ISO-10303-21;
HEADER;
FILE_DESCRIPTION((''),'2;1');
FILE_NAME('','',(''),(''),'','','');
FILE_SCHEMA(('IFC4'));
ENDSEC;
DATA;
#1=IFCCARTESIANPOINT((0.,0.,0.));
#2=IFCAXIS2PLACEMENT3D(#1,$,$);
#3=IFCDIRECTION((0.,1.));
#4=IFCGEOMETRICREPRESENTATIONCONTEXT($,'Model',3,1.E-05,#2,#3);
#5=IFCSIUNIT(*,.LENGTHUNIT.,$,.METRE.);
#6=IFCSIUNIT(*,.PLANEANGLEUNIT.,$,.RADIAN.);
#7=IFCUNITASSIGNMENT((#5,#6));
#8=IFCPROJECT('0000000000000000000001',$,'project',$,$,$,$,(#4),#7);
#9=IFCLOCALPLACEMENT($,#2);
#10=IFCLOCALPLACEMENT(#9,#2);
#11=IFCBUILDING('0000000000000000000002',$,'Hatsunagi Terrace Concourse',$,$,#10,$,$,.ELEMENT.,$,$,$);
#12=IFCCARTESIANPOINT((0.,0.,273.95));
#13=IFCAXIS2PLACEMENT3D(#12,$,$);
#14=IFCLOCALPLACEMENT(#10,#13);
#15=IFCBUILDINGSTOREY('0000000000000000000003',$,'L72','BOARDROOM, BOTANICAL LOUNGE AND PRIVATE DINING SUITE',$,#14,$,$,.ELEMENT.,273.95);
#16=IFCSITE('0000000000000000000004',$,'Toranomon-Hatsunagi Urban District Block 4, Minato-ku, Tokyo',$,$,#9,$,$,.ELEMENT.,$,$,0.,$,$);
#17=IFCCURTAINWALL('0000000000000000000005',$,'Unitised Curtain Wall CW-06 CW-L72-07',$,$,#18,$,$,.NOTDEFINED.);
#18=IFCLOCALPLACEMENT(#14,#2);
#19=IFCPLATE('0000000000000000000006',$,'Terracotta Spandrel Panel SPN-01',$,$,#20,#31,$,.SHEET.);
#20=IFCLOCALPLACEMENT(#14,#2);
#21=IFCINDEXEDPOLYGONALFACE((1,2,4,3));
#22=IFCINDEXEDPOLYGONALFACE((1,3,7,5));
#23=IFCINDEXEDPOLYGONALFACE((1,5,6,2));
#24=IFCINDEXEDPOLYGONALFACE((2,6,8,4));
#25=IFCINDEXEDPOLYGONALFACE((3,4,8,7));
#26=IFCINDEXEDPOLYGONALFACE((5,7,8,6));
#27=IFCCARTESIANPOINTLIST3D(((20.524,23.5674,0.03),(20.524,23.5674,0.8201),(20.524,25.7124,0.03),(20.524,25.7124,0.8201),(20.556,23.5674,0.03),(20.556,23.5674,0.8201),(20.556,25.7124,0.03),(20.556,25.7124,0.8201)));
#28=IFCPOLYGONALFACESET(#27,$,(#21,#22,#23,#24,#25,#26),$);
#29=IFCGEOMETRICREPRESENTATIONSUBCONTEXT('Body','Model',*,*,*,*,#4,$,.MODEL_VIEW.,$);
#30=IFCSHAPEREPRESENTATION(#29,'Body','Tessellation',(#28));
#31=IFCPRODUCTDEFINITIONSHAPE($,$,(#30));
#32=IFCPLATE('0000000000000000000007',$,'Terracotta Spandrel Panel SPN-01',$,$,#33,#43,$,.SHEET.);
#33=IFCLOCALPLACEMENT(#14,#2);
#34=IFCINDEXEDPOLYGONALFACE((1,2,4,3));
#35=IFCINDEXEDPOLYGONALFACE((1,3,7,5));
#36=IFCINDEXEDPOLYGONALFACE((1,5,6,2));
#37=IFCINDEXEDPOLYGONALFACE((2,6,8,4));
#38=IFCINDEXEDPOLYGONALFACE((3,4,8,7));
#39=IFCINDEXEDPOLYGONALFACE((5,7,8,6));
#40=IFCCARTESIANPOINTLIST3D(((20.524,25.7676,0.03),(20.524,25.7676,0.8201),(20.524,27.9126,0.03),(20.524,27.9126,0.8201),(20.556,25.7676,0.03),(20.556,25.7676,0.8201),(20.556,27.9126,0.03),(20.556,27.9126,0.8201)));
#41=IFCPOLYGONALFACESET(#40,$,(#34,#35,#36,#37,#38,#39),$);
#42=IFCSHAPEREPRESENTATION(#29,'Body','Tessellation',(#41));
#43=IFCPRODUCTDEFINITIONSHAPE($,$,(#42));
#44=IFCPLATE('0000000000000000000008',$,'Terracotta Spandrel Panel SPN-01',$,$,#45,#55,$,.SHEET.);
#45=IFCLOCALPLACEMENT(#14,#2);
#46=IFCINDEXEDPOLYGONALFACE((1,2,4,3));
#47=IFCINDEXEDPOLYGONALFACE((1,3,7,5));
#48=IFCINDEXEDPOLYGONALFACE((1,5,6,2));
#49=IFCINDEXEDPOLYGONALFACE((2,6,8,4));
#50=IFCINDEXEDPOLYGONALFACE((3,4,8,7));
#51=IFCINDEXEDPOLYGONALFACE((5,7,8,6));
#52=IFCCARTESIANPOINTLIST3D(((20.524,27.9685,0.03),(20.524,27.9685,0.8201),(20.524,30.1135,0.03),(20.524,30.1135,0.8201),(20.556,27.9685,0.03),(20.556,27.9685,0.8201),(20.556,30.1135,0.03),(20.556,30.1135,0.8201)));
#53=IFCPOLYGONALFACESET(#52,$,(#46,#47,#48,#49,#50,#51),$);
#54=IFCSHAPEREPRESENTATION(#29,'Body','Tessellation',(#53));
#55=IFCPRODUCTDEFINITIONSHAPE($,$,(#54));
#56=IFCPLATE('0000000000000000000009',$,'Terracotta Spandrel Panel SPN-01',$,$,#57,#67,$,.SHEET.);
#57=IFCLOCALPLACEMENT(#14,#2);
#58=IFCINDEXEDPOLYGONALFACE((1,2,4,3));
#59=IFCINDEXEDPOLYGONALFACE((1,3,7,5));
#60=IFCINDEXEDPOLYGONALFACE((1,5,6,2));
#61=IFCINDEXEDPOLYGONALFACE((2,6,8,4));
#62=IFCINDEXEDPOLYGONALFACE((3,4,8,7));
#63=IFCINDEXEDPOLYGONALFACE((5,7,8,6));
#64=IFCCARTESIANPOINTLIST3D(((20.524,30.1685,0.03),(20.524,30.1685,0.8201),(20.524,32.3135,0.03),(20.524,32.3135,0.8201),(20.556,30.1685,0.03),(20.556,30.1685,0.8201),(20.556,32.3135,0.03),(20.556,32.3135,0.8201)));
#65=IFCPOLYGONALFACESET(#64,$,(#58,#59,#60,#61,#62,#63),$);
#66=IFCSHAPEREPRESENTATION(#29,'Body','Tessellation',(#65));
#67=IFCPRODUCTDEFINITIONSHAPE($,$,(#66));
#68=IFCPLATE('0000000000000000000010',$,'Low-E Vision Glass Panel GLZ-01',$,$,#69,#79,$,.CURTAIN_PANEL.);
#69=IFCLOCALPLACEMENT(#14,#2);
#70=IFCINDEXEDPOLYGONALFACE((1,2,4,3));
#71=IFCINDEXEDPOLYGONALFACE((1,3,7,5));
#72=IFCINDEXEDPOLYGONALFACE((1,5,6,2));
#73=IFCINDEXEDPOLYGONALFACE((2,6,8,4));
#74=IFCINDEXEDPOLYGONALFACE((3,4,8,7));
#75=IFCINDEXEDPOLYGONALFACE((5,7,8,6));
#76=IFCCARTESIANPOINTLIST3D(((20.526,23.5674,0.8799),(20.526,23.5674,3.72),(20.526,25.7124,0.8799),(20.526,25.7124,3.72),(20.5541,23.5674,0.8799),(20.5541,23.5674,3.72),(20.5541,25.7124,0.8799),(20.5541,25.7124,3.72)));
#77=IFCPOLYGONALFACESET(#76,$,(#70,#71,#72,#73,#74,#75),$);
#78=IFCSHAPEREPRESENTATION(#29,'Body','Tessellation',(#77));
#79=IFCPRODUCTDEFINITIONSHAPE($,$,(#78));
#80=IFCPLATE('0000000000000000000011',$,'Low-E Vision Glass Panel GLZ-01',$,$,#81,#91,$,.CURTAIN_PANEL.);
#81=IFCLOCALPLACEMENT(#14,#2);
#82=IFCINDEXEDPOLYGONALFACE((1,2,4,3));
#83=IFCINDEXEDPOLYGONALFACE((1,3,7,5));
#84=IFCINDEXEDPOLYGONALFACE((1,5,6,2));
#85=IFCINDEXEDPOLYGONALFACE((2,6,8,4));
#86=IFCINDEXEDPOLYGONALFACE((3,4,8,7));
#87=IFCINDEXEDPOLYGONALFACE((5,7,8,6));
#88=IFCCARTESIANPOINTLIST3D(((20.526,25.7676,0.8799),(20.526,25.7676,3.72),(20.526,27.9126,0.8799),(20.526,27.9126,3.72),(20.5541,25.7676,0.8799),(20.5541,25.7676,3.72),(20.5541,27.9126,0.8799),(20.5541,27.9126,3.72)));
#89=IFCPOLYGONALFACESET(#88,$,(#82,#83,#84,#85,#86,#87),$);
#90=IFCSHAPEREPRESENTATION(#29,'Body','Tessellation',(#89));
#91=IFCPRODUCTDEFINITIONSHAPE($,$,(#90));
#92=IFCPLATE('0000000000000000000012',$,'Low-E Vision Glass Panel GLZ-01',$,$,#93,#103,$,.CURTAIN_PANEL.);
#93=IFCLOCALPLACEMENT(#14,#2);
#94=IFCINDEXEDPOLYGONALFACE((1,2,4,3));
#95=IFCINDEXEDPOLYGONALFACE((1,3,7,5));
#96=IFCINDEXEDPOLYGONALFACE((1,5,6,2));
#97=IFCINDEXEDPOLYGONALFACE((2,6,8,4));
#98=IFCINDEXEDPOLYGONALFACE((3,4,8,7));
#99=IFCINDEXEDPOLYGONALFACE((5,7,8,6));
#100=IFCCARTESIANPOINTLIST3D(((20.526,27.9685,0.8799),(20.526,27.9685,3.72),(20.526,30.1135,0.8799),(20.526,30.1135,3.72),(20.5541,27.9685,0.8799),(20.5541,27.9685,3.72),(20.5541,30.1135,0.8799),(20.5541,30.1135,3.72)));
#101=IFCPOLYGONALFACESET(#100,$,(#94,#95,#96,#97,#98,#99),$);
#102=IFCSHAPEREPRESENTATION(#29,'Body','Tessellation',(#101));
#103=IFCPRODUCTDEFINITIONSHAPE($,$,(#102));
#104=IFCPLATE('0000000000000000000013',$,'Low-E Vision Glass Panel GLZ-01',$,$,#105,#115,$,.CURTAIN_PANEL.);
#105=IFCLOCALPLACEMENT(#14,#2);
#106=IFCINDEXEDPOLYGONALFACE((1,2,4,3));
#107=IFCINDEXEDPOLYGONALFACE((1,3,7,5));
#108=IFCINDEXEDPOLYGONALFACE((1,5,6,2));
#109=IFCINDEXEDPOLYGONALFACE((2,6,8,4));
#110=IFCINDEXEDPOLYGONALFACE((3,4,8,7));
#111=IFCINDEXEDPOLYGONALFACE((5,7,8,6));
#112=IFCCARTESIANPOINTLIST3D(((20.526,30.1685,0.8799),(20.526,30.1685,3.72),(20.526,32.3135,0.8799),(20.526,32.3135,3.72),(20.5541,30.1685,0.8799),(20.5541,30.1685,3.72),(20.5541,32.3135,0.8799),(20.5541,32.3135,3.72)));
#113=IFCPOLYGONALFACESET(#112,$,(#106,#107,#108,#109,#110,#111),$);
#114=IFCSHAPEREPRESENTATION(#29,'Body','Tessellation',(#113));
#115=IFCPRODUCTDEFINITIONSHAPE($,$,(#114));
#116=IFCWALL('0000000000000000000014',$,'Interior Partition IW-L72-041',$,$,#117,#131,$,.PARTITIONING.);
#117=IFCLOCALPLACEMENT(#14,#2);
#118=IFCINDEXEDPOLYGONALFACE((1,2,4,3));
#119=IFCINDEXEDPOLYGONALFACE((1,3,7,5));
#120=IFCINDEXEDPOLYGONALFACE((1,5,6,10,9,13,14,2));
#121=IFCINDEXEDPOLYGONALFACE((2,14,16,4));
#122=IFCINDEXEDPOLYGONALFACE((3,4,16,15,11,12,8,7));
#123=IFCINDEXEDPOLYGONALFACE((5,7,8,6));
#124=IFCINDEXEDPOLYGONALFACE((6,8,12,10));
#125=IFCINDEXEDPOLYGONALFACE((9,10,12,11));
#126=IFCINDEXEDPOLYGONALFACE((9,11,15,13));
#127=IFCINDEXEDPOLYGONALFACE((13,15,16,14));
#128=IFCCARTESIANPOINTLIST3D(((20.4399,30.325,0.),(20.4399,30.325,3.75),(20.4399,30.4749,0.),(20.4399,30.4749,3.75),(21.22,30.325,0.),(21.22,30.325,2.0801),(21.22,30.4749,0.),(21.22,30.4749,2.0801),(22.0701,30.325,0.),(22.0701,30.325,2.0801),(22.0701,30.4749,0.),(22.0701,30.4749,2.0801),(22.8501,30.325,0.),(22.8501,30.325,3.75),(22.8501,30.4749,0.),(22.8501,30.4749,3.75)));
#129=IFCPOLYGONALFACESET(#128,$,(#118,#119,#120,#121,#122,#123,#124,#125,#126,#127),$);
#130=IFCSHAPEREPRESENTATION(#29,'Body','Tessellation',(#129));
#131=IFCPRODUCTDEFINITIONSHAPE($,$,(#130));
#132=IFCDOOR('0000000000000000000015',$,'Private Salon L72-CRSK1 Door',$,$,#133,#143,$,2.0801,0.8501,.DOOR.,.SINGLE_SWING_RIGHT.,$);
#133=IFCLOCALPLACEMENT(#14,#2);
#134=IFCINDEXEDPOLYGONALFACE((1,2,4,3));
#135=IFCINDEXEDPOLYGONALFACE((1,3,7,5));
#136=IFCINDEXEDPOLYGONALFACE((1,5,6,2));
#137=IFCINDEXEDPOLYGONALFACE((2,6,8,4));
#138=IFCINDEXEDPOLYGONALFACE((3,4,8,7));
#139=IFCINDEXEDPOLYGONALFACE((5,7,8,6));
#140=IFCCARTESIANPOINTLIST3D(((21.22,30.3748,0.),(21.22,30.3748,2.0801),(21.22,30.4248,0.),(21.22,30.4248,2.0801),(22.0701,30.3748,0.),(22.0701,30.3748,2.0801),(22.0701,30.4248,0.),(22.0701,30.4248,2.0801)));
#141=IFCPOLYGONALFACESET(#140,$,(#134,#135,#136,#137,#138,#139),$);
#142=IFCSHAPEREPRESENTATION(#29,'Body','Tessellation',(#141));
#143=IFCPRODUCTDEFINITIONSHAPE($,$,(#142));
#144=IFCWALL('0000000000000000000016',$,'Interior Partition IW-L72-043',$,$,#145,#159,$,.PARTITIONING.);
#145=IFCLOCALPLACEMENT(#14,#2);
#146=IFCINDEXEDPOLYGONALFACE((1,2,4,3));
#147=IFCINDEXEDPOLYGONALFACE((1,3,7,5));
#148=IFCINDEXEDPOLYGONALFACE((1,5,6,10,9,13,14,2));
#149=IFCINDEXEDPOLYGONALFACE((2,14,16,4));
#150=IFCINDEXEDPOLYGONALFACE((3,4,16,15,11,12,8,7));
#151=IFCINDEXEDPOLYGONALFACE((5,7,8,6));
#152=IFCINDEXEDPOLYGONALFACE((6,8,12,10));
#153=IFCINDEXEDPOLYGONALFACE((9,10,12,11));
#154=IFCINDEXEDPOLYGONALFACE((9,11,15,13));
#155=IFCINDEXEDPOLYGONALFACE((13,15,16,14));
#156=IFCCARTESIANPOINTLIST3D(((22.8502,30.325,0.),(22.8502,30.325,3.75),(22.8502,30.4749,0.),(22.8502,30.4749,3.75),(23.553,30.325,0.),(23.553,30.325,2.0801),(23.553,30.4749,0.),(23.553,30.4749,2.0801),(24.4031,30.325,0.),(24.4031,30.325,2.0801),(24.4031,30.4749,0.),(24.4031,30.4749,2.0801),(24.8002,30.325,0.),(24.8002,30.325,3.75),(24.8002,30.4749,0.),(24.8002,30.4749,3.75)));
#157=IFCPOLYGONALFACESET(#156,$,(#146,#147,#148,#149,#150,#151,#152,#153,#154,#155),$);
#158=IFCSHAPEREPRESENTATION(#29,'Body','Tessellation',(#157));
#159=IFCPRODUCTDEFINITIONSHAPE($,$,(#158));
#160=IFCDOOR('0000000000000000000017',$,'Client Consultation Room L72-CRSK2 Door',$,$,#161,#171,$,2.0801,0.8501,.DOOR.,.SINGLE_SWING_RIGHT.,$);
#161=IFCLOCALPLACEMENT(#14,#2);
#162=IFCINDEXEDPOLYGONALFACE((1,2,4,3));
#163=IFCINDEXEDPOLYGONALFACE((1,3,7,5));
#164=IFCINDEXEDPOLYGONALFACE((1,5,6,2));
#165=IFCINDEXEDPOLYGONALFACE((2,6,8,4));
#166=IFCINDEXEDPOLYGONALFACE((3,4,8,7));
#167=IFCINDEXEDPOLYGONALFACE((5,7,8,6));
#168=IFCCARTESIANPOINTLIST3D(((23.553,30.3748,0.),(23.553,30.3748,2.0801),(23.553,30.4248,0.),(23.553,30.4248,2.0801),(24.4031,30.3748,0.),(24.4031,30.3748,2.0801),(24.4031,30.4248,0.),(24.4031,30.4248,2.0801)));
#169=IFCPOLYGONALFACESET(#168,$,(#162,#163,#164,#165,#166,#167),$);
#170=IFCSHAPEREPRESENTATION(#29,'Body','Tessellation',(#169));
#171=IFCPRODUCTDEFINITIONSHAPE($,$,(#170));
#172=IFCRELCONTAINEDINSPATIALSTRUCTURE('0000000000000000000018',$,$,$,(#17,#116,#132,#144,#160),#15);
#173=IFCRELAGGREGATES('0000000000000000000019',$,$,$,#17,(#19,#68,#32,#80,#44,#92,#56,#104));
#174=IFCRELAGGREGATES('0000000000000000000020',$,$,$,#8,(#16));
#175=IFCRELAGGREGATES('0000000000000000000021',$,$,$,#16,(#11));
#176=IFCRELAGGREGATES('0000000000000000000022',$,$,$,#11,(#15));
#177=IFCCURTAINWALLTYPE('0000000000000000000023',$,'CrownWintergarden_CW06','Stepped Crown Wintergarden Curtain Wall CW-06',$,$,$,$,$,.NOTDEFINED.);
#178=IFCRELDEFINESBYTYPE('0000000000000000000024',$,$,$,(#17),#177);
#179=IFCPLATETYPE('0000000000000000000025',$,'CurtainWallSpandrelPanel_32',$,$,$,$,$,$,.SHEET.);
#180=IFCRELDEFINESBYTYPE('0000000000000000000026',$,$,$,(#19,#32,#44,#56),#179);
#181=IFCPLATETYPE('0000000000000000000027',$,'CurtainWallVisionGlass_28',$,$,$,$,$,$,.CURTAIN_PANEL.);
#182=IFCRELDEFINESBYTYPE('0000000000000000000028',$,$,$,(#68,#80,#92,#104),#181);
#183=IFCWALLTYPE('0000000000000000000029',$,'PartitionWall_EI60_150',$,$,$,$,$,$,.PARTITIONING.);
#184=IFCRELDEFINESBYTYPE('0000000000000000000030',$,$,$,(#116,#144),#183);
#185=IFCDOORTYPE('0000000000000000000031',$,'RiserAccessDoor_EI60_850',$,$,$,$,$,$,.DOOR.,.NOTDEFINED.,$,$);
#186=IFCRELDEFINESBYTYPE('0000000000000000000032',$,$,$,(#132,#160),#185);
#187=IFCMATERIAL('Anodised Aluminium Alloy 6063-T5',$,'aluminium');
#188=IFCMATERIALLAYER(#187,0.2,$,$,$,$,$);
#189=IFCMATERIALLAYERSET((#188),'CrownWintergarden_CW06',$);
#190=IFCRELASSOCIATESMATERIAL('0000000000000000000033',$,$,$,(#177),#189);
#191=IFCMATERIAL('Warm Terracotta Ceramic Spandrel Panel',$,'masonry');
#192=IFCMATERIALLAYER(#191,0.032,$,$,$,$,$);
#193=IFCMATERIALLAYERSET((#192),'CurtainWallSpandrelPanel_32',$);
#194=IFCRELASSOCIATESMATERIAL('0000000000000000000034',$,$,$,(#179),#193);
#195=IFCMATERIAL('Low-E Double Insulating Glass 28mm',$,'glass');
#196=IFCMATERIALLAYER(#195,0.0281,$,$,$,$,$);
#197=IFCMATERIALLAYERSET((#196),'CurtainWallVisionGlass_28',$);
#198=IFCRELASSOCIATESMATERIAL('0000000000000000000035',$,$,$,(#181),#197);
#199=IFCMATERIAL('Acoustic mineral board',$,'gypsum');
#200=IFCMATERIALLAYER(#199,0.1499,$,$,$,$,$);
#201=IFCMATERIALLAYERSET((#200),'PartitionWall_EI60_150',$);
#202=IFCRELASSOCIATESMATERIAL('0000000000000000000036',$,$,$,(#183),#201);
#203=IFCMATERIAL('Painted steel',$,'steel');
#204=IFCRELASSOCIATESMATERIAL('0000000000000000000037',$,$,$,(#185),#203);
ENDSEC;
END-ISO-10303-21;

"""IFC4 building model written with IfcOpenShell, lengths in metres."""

from ifc_helpers import new_model, si_unit, direction, frame, frame_2d, origin, origin_2d, place, context, subcontext, project, spatial, rectangle, extrude, material, layer, layer_set, type_object, element, fill, aggregate, save


model = new_model("IFC4")

# Units and contexts
model_context = context("Model", 3, precision=1e-05, world=origin(), true_north=direction((0.0, 1.0)))
body_context = subcontext(model_context, "Body", "Model", "MODEL_VIEW")
ifc_project = project(units=[si_unit("LENGTHUNIT", "METRE"), si_unit("PLANEANGLEUNIT", "RADIAN")], contexts=[model_context])

# Site, building, storey
site_placement = place(None, origin())
site = spatial("IfcSite", under=ifc_project, at=site_placement, Name="Toranomon-Hatsunagi Urban District Block 4, Minato-ku, Tokyo", CompositionType="ELEMENT", RefElevation=0.0)
building_placement = place(site_placement, origin())
building = spatial("IfcBuilding", under=site, at=building_placement, Name="Hatsunagi Terrace Concourse", CompositionType="ELEMENT")
storey_placement = place(building_placement, frame((0.0, 0.0, 273.95)))
storey = spatial("IfcBuildingStorey", under=building, at=storey_placement, Name="L72", Description="BOARDROOM, BOTANICAL LOUNGE AND PRIVATE DINING SUITE", CompositionType="ELEMENT", Elevation=273.95)

# Curtain wall
ifc_material_1 = material(Name="Anodised Aluminium Alloy 6063-T5", Category="aluminium")
ifc_layer_1 = layer(ifc_material_1, 0.2)
ifc_layer_set_1 = layer_set([ifc_layer_1], Name="CrownWintergarden_CW06")
curtain_wall_type = type_object("IfcCurtainWallType", Name="CrownWintergarden_CW06", Description="Stepped Crown Wintergarden Curtain Wall CW-06", PredefinedType="NOTDEFINED", material=ifc_layer_set_1)
curtain_wall_placement = place(storey_placement, origin())
curtain_wall = element("IfcCurtainWall", 1, at=curtain_wall_placement, inside=storey, type_object=curtain_wall_type, Name="Unitised Curtain Wall CW-06 CW-L72-07", PredefinedType="NOTDEFINED")

# Plates
ifc_material_2 = material(Name="Warm Terracotta Ceramic Spandrel Panel", Category="masonry")
ifc_layer_2 = layer(ifc_material_2, 0.032)
ifc_layer_set_2 = layer_set([ifc_layer_2], Name="CurtainWallSpandrelPanel_32")
plate_type_1 = type_object("IfcPlateType", Name="CurtainWallSpandrelPanel_32", PredefinedType="SHEET", material=ifc_layer_set_2)
plate_1_placement = place(storey_placement, frame((20.54, 24.6399, 0.03), z_axis=(0.0, 0.0, 1.0), x_axis=(0.0, 1.0, 0.0)))
plate_1 = element("IfcPlate", 2, at=plate_1_placement, type_object=plate_type_1, Name="Terracotta Spandrel Panel SPN-01", PredefinedType="SHEET", context=body_context, shape_type="SweptSolid", body=[
    extrude(rectangle(XDim=2.145, YDim=0.032, at=origin_2d()), origin(), (0.0, 0.0, 1.0), 0.79),
])
plate_2_placement = place(storey_placement, frame((20.54, 26.8401, 0.03), z_axis=(0.0, 0.0, 1.0), x_axis=(0.0, 1.0, 0.0)))
plate_2 = element("IfcPlate", 3, at=plate_2_placement, type_object=plate_type_1, Name="Terracotta Spandrel Panel SPN-01", PredefinedType="SHEET", context=body_context, shape_type="SweptSolid", body=[
    extrude(rectangle(XDim=2.145, YDim=0.032, at=origin_2d()), origin(), (0.0, 0.0, 1.0), 0.79),
])
plate_3_placement = place(storey_placement, frame((20.54, 29.041, 0.03), z_axis=(0.0, 0.0, 1.0), x_axis=(0.0, 1.0, 0.0)))
plate_3 = element("IfcPlate", 4, at=plate_3_placement, type_object=plate_type_1, Name="Terracotta Spandrel Panel SPN-01", PredefinedType="SHEET", context=body_context, shape_type="SweptSolid", body=[
    extrude(rectangle(XDim=2.145, YDim=0.032, at=origin_2d()), origin(), (0.0, 0.0, 1.0), 0.79),
])
plate_4_placement = place(storey_placement, frame((20.54, 31.241, 0.03), z_axis=(0.0, 0.0, 1.0), x_axis=(0.0, 1.0, 0.0)))
plate_4 = element("IfcPlate", 5, at=plate_4_placement, type_object=plate_type_1, Name="Terracotta Spandrel Panel SPN-01", PredefinedType="SHEET", context=body_context, shape_type="SweptSolid", body=[
    extrude(rectangle(XDim=2.145, YDim=0.032, at=origin_2d()), origin(), (0.0, 0.0, 1.0), 0.79),
])
ifc_material_3 = material(Name="Low-E Double Insulating Glass 28mm", Category="glass")
ifc_layer_3 = layer(ifc_material_3, 0.0281)
ifc_layer_set_3 = layer_set([ifc_layer_3], Name="CurtainWallVisionGlass_28")
plate_type_2 = type_object("IfcPlateType", Name="CurtainWallVisionGlass_28", PredefinedType="CURTAIN_PANEL", material=ifc_layer_set_3)
plate_5_placement = place(storey_placement, frame((20.54, 24.6399, 0.8799), z_axis=(0.0, 0.0, 1.0), x_axis=(0.0, 1.0, 0.0)))
plate_5 = element("IfcPlate", 6, at=plate_5_placement, type_object=plate_type_2, Name="Low-E Vision Glass Panel GLZ-01", PredefinedType="CURTAIN_PANEL", context=body_context, shape_type="SweptSolid", body=[
    extrude(rectangle(XDim=2.145, YDim=0.0281, at=origin_2d()), origin(), (0.0, 0.0, 1.0), 2.8401),
])
plate_6_placement = place(storey_placement, frame((20.54, 26.8401, 0.8799), z_axis=(0.0, 0.0, 1.0), x_axis=(0.0, 1.0, 0.0)))
plate_6 = element("IfcPlate", 7, at=plate_6_placement, type_object=plate_type_2, Name="Low-E Vision Glass Panel GLZ-01", PredefinedType="CURTAIN_PANEL", context=body_context, shape_type="SweptSolid", body=[
    extrude(rectangle(XDim=2.145, YDim=0.0281, at=origin_2d()), origin(), (0.0, 0.0, 1.0), 2.8401),
])
plate_7_placement = place(storey_placement, frame((20.54, 29.041, 0.8799), z_axis=(0.0, 0.0, 1.0), x_axis=(0.0, 1.0, 0.0)))
plate_7 = element("IfcPlate", 8, at=plate_7_placement, type_object=plate_type_2, Name="Low-E Vision Glass Panel GLZ-01", PredefinedType="CURTAIN_PANEL", context=body_context, shape_type="SweptSolid", body=[
    extrude(rectangle(XDim=2.145, YDim=0.0281, at=origin_2d()), origin(), (0.0, 0.0, 1.0), 2.8401),
])
plate_8_placement = place(storey_placement, frame((20.54, 31.241, 0.8799), z_axis=(0.0, 0.0, 1.0), x_axis=(0.0, 1.0, 0.0)))
plate_8 = element("IfcPlate", 9, at=plate_8_placement, type_object=plate_type_2, Name="Low-E Vision Glass Panel GLZ-01", PredefinedType="CURTAIN_PANEL", context=body_context, shape_type="SweptSolid", body=[
    extrude(rectangle(XDim=2.145, YDim=0.0281, at=origin_2d()), origin(), (0.0, 0.0, 1.0), 2.8401),
])
aggregate(curtain_wall, [plate_1, plate_5, plate_2, plate_6, plate_3, plate_7, plate_4, plate_8])

# Walls, openings, doors
ifc_material_4 = material(Name="Acoustic mineral board", Category="gypsum")
ifc_layer_4 = layer(ifc_material_4, 0.1499)
ifc_layer_set_4 = layer_set([ifc_layer_4], Name="PartitionWall_EI60_150")
wall_type = type_object("IfcWallType", Name="PartitionWall_EI60_150", PredefinedType="PARTITIONING", material=ifc_layer_set_4)
wall_1_placement = place(storey_placement, frame((20.4399, 30.3999, 0.0), z_axis=(0.0, 0.0, 1.0), x_axis=(1.0, 0.0, 0.0)))
wall_1 = element("IfcWall", 10, at=wall_1_placement, inside=storey, type_object=wall_type, Name="Interior Partition IW-L72-041", PredefinedType="PARTITIONING", context=body_context, shape_type="SweptSolid", body=[
    extrude(rectangle(XDim=2.4102, YDim=0.1499, at=frame_2d((1.2051, 0.0))), origin(), (0.0, 0.0, 1.0), 3.75),
])
opening_1_placement = place(wall_1_placement, frame((0.78, 0.0, 0.0)))
opening_1 = element("IfcOpeningElement", 11, at=opening_1_placement, cuts=wall_1, PredefinedType="OPENING", context=body_context, shape_type="SweptSolid", body=[
    extrude(rectangle(XDim=0.8501, YDim=2.0801, at=frame_2d((0.425, 1.04))), frame((0.0, 0.085, 0.0), z_axis=(0.0, -1.0, 0.0), x_axis=(1.0, 0.0, 0.0)), (0.0, 0.0, 1.0), 0.1699),
])
ifc_material_5 = material(Name="Painted steel", Category="steel")
door_type_1 = type_object("IfcDoorType", Name="RiserAccessDoor_EI60_850", OperationType="NOTDEFINED", PredefinedType="DOOR", material=ifc_material_5)
door_1_placement = place(opening_1_placement, origin())
door_1 = element("IfcDoor", 12, at=door_1_placement, inside=storey, type_object=door_type_1, Name="Private Salon L72-CRSK1 Door", OperationType="SINGLE_SWING_RIGHT", OverallHeight=2.0801, OverallWidth=0.8501, PredefinedType="DOOR", context=body_context, shape_type="SweptSolid", body=[
    extrude(rectangle(XDim=0.8501, YDim=2.0801, at=frame_2d((0.425, 1.04))), frame((0.0, 0.0249, 0.0), z_axis=(0.0, -1.0, 0.0), x_axis=(1.0, 0.0, 0.0)), (0.0, 0.0, 1.0), 0.05),
])
fill(opening_1, door_1)
wall_2_placement = place(storey_placement, frame((22.8501, 30.3999, 0.0), z_axis=(0.0, 0.0, 1.0), x_axis=(1.0, 0.0, 0.0)))
wall_2 = element("IfcWall", 13, at=wall_2_placement, inside=storey, type_object=wall_type, Name="Interior Partition IW-L72-043", PredefinedType="PARTITIONING", context=body_context, shape_type="SweptSolid", body=[
    extrude(rectangle(XDim=1.95, YDim=0.1499, at=frame_2d((0.9751, 0.0))), origin(), (0.0, 0.0, 1.0), 3.75),
])
opening_2_placement = place(wall_2_placement, frame((0.7029, 0.0, 0.0)))
opening_2 = element("IfcOpeningElement", 14, at=opening_2_placement, cuts=wall_2, PredefinedType="OPENING", context=body_context, shape_type="SweptSolid", body=[
    extrude(rectangle(XDim=0.8501, YDim=2.0801, at=frame_2d((0.425, 1.04))), frame((0.0, 0.085, 0.0), z_axis=(0.0, -1.0, 0.0), x_axis=(1.0, 0.0, 0.0)), (0.0, 0.0, 1.0), 0.1699),
])
door_2_placement = place(opening_2_placement, origin())
door_2 = element("IfcDoor", 15, at=door_2_placement, inside=storey, type_object=door_type_1, Name="Client Consultation Room L72-CRSK2 Door", OperationType="SINGLE_SWING_RIGHT", OverallHeight=2.0801, OverallWidth=0.8501, PredefinedType="DOOR", context=body_context, shape_type="SweptSolid", body=[
    extrude(rectangle(XDim=0.8501, YDim=2.0801, at=frame_2d((0.425, 1.04))), frame((0.0, 0.0249, 0.0), z_axis=(0.0, -1.0, 0.0), x_axis=(1.0, 0.0, 0.0)), (0.0, 0.0, 1.0), 0.05),
])
fill(opening_2, door_2)

save(model, "model.ifc")
